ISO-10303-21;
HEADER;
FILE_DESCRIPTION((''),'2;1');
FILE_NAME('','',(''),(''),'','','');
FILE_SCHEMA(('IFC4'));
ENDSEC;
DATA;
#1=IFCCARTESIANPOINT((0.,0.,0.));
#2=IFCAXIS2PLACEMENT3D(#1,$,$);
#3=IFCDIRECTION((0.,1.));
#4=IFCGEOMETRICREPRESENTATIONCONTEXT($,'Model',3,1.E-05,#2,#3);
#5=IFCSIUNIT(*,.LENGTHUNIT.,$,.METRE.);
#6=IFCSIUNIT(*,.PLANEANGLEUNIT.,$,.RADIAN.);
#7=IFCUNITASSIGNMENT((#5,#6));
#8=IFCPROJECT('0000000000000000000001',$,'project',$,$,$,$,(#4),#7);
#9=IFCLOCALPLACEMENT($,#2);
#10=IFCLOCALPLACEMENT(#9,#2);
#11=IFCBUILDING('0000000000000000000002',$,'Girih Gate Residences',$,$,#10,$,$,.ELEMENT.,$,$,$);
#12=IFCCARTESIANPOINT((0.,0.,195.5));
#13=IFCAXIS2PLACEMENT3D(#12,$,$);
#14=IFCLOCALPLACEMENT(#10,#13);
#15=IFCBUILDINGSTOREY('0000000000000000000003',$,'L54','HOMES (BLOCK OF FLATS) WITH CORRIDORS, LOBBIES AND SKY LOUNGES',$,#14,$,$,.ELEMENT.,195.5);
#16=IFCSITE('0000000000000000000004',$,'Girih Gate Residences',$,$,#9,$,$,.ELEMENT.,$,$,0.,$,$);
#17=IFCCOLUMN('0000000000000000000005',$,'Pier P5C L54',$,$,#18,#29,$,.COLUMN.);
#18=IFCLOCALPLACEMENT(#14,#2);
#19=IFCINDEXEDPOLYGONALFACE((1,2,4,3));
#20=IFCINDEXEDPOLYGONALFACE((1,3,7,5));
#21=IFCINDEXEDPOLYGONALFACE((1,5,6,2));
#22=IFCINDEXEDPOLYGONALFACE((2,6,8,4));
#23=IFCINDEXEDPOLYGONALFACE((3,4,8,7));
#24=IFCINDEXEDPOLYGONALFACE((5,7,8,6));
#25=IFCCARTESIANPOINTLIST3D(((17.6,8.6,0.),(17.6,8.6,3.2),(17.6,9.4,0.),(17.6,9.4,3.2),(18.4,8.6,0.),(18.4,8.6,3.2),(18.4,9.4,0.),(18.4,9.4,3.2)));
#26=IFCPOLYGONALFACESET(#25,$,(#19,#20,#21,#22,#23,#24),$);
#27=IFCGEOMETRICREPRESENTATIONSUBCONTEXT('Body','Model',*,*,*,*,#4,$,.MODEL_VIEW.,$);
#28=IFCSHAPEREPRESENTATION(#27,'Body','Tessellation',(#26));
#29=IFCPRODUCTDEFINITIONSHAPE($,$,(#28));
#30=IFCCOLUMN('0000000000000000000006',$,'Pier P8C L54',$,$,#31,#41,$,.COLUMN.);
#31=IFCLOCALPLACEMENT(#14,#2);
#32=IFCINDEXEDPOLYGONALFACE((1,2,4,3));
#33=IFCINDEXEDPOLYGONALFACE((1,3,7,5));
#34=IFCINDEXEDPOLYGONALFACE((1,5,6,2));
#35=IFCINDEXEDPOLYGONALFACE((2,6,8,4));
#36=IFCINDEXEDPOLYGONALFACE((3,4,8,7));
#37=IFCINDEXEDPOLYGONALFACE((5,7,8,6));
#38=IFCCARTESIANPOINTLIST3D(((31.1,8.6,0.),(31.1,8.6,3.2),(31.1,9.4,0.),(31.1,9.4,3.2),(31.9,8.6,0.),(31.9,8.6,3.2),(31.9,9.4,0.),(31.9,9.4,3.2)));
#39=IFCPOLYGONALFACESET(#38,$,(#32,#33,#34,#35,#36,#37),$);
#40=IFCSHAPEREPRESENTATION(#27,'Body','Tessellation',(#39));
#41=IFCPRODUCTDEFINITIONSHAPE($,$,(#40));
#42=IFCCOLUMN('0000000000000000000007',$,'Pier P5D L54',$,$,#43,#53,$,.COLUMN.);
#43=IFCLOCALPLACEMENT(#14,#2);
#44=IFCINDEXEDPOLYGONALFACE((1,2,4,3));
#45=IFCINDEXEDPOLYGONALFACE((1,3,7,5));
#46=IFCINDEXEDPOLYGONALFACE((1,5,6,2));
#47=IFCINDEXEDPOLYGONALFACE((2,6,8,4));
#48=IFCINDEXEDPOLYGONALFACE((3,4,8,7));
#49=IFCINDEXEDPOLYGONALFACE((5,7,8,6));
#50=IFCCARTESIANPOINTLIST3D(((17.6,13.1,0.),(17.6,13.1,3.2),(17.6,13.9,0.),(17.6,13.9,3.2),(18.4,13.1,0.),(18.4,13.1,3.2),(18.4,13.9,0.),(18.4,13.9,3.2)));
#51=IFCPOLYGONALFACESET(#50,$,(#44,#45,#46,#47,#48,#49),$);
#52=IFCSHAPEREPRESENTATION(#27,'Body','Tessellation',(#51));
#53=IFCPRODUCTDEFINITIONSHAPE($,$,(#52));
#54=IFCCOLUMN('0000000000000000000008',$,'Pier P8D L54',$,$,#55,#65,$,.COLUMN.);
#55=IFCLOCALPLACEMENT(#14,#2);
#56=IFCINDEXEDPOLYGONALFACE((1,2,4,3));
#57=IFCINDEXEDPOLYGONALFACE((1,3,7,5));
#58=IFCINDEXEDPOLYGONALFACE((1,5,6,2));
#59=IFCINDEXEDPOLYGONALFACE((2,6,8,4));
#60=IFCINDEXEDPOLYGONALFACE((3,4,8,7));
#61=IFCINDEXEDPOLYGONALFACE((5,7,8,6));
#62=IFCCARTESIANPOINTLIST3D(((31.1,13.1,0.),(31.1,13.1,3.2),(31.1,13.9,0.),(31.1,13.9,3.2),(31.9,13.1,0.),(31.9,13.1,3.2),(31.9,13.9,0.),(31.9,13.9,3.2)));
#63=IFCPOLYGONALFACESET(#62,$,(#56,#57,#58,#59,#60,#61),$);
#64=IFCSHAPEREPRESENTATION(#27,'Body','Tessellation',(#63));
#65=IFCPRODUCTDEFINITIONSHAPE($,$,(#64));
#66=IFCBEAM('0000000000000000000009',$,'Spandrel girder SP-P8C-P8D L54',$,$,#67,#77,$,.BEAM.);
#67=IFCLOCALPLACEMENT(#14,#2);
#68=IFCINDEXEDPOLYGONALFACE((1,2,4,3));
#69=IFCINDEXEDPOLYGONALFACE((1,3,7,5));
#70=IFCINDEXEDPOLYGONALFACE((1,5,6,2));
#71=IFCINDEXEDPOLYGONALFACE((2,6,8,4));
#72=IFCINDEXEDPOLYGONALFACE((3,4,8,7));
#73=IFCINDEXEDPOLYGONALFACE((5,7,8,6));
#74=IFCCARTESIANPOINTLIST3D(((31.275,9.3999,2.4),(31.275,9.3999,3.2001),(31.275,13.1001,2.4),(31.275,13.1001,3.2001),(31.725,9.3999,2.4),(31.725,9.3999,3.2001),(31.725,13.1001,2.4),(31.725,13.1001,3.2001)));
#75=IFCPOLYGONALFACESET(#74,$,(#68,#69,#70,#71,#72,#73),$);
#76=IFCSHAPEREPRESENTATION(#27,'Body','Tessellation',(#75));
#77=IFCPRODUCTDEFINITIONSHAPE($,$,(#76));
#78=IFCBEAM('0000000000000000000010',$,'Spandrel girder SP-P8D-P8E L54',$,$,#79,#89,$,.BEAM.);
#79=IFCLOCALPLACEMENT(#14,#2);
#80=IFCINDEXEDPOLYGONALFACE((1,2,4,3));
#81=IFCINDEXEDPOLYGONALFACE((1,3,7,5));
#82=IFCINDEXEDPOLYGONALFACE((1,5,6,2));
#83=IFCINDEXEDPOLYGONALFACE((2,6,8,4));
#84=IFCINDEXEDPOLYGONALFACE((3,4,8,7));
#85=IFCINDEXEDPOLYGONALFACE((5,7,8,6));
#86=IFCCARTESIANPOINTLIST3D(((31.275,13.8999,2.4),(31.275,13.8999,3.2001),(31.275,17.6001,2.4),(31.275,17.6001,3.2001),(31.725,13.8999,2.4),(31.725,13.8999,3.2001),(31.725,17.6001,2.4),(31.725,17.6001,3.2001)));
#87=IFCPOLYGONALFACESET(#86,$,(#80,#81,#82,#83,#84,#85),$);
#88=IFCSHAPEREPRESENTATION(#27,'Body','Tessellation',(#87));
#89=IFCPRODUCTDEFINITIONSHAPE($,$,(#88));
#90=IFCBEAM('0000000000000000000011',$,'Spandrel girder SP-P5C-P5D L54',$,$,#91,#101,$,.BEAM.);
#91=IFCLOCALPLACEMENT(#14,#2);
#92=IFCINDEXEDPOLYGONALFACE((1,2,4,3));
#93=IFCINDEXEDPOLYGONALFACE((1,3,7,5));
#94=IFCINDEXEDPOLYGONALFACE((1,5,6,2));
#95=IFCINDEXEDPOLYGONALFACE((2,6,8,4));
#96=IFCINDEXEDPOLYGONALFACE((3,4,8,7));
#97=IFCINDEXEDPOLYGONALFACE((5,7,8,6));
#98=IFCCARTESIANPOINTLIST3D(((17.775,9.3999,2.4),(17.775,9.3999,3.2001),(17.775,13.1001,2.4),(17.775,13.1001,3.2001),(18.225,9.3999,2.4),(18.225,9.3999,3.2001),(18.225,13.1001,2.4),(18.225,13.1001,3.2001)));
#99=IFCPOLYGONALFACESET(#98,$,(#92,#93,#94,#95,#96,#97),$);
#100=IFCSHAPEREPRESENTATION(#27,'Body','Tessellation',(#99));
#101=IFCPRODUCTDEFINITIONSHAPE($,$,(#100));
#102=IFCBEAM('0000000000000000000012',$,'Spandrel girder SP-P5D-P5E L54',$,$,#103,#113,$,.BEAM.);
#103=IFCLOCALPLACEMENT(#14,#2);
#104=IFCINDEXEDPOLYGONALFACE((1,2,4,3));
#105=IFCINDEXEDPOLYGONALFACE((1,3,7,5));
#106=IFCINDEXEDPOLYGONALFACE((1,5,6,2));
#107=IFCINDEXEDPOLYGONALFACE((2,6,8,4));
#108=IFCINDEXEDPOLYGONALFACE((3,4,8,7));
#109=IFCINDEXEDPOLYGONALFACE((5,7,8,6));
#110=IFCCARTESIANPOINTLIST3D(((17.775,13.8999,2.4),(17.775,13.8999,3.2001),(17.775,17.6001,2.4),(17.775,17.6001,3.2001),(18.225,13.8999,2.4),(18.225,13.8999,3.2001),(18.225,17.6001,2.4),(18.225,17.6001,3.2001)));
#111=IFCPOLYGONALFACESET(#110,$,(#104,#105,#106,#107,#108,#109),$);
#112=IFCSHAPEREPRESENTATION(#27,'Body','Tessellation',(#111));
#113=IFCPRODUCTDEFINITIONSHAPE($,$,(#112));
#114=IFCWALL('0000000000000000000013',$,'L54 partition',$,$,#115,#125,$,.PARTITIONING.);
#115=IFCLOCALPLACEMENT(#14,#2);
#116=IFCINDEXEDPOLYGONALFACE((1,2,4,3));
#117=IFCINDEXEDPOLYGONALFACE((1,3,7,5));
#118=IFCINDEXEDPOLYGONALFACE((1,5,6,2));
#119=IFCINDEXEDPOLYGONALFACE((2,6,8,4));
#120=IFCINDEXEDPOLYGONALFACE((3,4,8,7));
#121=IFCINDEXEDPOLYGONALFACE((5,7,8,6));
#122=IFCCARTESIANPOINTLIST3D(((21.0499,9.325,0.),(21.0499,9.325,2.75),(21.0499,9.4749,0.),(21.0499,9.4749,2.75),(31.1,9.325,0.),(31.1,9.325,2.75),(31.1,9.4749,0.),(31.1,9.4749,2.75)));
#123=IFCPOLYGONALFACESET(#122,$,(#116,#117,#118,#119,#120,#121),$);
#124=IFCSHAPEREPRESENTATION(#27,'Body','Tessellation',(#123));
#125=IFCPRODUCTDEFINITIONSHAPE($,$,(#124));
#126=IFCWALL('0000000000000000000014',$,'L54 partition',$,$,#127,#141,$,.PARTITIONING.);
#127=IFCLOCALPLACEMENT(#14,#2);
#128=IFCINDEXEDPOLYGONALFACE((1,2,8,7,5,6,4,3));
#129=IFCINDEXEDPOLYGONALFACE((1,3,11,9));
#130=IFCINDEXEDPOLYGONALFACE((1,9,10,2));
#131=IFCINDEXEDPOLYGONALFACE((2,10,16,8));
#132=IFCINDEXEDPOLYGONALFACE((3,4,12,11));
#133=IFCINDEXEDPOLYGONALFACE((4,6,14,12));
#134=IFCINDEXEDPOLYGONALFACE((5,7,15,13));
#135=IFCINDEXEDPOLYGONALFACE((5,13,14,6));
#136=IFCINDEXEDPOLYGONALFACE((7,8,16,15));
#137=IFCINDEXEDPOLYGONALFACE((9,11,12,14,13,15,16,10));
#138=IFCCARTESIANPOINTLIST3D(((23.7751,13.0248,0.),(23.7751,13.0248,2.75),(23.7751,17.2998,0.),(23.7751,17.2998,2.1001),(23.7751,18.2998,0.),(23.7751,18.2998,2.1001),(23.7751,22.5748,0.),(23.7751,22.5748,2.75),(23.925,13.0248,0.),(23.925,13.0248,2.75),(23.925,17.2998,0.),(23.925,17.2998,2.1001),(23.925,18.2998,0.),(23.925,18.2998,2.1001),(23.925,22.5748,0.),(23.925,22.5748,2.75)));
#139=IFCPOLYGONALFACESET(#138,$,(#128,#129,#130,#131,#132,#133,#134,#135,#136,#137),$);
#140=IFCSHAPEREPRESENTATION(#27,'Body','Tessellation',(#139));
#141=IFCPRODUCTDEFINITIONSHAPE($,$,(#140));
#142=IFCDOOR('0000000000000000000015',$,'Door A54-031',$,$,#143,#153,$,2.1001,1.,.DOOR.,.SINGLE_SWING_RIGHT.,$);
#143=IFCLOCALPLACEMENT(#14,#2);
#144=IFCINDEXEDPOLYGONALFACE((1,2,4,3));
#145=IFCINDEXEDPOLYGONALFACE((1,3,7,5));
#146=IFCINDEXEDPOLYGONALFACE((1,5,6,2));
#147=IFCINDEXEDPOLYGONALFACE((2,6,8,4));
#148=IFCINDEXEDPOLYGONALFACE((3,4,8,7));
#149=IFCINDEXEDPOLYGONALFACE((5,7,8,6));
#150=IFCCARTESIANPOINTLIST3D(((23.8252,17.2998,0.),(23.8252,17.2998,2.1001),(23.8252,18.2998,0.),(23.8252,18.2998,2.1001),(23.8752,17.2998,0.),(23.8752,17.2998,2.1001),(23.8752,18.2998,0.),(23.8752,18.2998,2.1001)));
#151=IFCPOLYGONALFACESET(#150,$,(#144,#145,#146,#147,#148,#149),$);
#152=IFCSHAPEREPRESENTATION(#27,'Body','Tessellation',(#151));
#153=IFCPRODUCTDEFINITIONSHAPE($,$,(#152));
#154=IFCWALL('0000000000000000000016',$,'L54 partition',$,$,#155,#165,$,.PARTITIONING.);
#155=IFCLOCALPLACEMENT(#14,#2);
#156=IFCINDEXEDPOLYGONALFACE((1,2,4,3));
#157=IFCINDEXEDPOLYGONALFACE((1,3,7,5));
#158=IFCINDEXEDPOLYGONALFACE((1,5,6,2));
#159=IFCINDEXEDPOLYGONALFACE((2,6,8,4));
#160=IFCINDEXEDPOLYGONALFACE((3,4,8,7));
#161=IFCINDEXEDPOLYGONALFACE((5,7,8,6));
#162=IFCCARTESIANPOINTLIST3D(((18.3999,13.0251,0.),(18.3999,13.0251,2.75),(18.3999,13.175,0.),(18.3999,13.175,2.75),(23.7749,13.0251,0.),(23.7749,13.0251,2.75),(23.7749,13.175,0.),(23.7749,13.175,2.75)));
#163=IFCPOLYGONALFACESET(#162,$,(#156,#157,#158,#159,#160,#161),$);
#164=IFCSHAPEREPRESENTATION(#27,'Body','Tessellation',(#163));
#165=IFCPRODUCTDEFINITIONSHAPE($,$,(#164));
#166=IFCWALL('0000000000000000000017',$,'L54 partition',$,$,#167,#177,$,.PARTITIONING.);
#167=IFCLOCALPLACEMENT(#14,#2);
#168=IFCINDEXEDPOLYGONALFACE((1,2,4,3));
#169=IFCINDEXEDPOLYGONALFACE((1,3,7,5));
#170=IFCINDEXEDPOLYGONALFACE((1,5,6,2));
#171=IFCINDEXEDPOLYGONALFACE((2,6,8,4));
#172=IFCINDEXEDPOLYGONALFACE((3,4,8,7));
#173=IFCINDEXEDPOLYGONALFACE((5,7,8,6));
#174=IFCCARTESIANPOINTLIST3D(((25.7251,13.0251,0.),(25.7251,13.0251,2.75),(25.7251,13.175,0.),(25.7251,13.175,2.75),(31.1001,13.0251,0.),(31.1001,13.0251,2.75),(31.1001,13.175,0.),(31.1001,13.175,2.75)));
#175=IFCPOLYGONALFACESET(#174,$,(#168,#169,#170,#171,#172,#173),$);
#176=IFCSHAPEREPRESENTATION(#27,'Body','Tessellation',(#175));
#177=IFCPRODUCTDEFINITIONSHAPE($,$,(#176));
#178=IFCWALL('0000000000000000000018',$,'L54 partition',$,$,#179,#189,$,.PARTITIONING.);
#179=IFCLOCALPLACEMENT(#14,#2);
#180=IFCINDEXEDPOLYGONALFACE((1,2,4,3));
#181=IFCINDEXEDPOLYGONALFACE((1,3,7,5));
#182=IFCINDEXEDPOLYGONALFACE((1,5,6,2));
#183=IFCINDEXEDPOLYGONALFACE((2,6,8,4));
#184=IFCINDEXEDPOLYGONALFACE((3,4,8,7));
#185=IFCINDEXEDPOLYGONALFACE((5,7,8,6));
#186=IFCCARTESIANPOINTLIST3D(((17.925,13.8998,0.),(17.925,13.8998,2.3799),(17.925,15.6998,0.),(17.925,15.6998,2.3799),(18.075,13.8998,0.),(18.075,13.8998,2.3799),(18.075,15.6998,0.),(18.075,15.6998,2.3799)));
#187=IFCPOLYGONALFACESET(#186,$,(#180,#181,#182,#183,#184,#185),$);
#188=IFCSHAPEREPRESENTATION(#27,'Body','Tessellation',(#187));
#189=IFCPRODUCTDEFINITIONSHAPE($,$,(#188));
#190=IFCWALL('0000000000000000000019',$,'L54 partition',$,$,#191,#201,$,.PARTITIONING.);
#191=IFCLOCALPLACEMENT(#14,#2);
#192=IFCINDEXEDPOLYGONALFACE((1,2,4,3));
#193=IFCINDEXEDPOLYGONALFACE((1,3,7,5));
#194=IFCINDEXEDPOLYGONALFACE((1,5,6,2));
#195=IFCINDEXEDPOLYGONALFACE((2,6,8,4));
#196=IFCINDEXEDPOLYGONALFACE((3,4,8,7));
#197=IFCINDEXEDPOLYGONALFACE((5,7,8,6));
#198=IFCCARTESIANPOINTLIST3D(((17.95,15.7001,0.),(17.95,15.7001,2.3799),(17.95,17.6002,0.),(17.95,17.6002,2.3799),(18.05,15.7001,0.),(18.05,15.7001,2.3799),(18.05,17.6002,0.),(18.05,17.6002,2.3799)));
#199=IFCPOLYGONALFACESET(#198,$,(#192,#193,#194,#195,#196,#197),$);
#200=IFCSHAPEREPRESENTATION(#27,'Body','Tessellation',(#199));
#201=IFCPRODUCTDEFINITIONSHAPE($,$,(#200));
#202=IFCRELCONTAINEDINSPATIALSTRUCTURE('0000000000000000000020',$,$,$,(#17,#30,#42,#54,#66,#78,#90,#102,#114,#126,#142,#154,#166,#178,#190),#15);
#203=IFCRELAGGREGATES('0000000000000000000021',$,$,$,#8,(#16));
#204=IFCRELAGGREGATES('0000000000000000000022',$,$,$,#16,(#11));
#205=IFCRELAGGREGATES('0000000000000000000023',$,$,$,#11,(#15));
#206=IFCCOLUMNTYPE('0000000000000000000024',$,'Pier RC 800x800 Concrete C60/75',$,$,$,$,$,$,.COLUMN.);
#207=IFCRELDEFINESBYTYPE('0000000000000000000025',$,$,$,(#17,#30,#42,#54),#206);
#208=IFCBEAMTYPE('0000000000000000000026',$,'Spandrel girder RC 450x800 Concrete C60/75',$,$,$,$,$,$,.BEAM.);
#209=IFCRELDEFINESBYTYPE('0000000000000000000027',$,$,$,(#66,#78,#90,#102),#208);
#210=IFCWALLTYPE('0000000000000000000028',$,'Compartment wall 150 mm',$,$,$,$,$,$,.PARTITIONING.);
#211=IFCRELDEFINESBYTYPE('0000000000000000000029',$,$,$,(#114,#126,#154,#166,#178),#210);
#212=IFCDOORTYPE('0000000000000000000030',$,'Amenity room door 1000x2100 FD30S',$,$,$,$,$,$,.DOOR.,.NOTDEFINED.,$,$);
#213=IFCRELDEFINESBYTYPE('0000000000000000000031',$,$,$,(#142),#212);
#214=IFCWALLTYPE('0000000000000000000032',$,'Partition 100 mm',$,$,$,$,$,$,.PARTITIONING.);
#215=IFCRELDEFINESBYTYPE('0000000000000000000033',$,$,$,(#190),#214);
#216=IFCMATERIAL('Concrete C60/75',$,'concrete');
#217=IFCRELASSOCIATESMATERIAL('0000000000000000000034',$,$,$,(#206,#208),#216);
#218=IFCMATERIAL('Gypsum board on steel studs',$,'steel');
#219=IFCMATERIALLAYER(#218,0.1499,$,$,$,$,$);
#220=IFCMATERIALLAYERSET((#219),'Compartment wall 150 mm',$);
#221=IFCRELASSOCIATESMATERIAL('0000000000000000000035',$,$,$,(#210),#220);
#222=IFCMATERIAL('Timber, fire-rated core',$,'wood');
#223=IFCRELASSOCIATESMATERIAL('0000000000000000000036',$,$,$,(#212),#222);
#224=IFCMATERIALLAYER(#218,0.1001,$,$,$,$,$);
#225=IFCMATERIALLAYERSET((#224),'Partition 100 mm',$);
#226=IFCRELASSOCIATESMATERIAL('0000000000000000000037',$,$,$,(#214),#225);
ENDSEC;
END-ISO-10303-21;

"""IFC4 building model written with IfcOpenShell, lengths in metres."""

from ifc_helpers import new_model, si_unit, direction, frame, frame_2d, origin, origin_2d, place, context, subcontext, project, spatial, rectangle, extrude, material, layer, layer_set, material_profile, profile_set, type_object, element, fill, save


model = new_model("IFC4")

# Units and contexts
model_context = context("Model", 3, precision=1e-05, world=origin(), true_north=direction((0.0, 1.0)))
body_context = subcontext(model_context, "Body", "Model", "MODEL_VIEW")
ifc_project = project(units=[si_unit("LENGTHUNIT", "METRE"), si_unit("PLANEANGLEUNIT", "RADIAN")], contexts=[model_context])

# Site, building, storey
site_placement = place(None, origin())
site = spatial("IfcSite", under=ifc_project, at=site_placement, Name="Girih Gate Residences", CompositionType="ELEMENT", RefElevation=0.0)
building_placement = place(site_placement, origin())
building = spatial("IfcBuilding", under=site, at=building_placement, Name="Girih Gate Residences", CompositionType="ELEMENT")
storey_placement = place(building_placement, frame((0.0, 0.0, 195.5)))
storey = spatial("IfcBuildingStorey", under=building, at=storey_placement, Name="L54", Description="HOMES (BLOCK OF FLATS) WITH CORRIDORS, LOBBIES AND SKY LOUNGES", CompositionType="ELEMENT", Elevation=195.5)

# Columns
ifc_material_1 = material(Name="Concrete C60/75", Category="concrete")
ifc_material_profile_1 = material_profile(ifc_material_1, rectangle(XDim=0.8, YDim=0.8, at=origin_2d()))
ifc_profile_set_1 = profile_set([ifc_material_profile_1], Name="Concrete C60/75")
column_type = type_object("IfcColumnType", Name="Pier RC 800x800 Concrete C60/75", PredefinedType="COLUMN", material=ifc_profile_set_1)
for number, where, z_axis, x_axis, name in (
    (1, (18.0, 9.0, 0.0), (0.0, 0.0, 1.0), (1.0, 0.0, 0.0), "Pier P5C L54"),
    (2, (31.5, 9.0, 0.0), (0.0, 0.0, 1.0), (1.0, 0.0, 0.0), "Pier P8C L54"),
    (3, (18.0, 13.5, 0.0), (0.0, 0.0, 1.0), (1.0, 0.0, 0.0), "Pier P5D L54"),
    (4, (31.5, 13.5, 0.0), (0.0, 0.0, 1.0), (1.0, 0.0, 0.0), "Pier P8D L54"),
):
    element("IfcColumn", number, at=place(storey_placement, frame(where, z_axis=z_axis, x_axis=x_axis)), inside=storey, type_object=column_type, Name=name, PredefinedType="COLUMN", context=body_context, shape_type="SweptSolid", body=[
        extrude(rectangle(XDim=0.8, YDim=0.8, at=origin_2d()), origin(), (0.0, 0.0, 1.0), 3.2),
    ])

# Beams
ifc_material_profile_2 = material_profile(ifc_material_1, rectangle(XDim=0.45, YDim=0.8, at=origin_2d()))
ifc_profile_set_2 = profile_set([ifc_material_profile_2], Name="Concrete C60/75")
beam_type = type_object("IfcBeamType", Name="Spandrel girder RC 450x800 Concrete C60/75", PredefinedType="BEAM", material=ifc_profile_set_2)
for number, where, z_axis, x_axis, name in (
    (5, (31.5, 9.3999, 2.8), (0.0, 1.0, 0.0), (-1.0, 0.0, 0.0), "Spandrel girder SP-P8C-P8D L54"),
    (6, (31.5, 13.8999, 2.8), (0.0, 1.0, 0.0), (-1.0, 0.0, 0.0), "Spandrel girder SP-P8D-P8E L54"),
    (7, (18.0, 9.3999, 2.8), (0.0, 1.0, 0.0), (-1.0, 0.0, 0.0), "Spandrel girder SP-P5C-P5D L54"),
    (8, (18.0, 13.8999, 2.8), (0.0, 1.0, 0.0), (-1.0, 0.0, 0.0), "Spandrel girder SP-P5D-P5E L54"),
):
    element("IfcBeam", number, at=place(storey_placement, frame(where, z_axis=z_axis, x_axis=x_axis)), inside=storey, type_object=beam_type, Name=name, PredefinedType="BEAM", context=body_context, shape_type="SweptSolid", body=[
        extrude(rectangle(XDim=0.45, YDim=0.8, at=origin_2d()), origin(), (0.0, 0.0, 1.0), 3.7002),
    ])

# Shared definitions
ifc_material_2 = material(Name="Gypsum board on steel studs", Category="steel")
ifc_layer_1 = layer(ifc_material_2, 0.1499)
ifc_layer_set_1 = layer_set([ifc_layer_1], Name="Compartment wall 150 mm")
wall_type_1 = type_object("IfcWallType", Name="Compartment wall 150 mm", PredefinedType="PARTITIONING", material=ifc_layer_set_1)
ifc_material_3 = material(Name="Timber, fire-rated core", Category="wood")

# Wall
wall_1_placement = place(storey_placement, frame((21.05, 9.3999, 0.0), z_axis=(0.0, 0.0, 1.0), x_axis=(1.0, 0.0, 0.0)))
element("IfcWall", 9, at=wall_1_placement, inside=storey, type_object=wall_type_1, Name="L54 partition", PredefinedType="PARTITIONING", context=body_context, shape_type="SweptSolid", body=[
    extrude(rectangle(XDim=10.05, YDim=0.1499, at=frame_2d((5.0249, 0.0))), origin(), (0.0, 0.0, 1.0), 2.75),
])

# Wall, opening, door
wall_2_placement = place(storey_placement, frame((23.8501, 13.0249, 0.0), z_axis=(0.0, 0.0, 1.0), x_axis=(0.0, 1.0, 0.0)))
wall_2 = element("IfcWall", 10, at=wall_2_placement, inside=storey, type_object=wall_type_1, Name="L54 partition", PredefinedType="PARTITIONING", context=body_context, shape_type="SweptSolid", body=[
    extrude(rectangle(XDim=9.55, YDim=0.1499, at=frame_2d((4.7749, 0.0))), origin(), (0.0, 0.0, 1.0), 2.75),
])
opening_1_placement = place(wall_2_placement, frame((4.2749, 0.0, 0.0)))
opening_1 = element("IfcOpeningElement", 11, at=opening_1_placement, cuts=wall_2, PredefinedType="OPENING", context=body_context, shape_type="SweptSolid", body=[
    extrude(rectangle(XDim=1.0, YDim=2.1001, at=frame_2d((0.5, 1.05))), frame((0.0, 0.085, 0.0), z_axis=(0.0, -1.0, 0.0), x_axis=(1.0, 0.0, 0.0)), (0.0, 0.0, 1.0), 0.1699),
])
door_type_1 = type_object("IfcDoorType", Name="Amenity room door 1000x2100 FD30S", OperationType="NOTDEFINED", PredefinedType="DOOR", material=ifc_material_3)
door_1_placement = place(opening_1_placement, origin())
door_1 = element("IfcDoor", 12, at=door_1_placement, inside=storey, type_object=door_type_1, Name="Door A54-031", OperationType="SINGLE_SWING_RIGHT", OverallHeight=2.1001, OverallWidth=1.0, PredefinedType="DOOR", context=body_context, shape_type="SweptSolid", body=[
    extrude(rectangle(XDim=1.0, YDim=2.1001, at=frame_2d((0.5, 1.05))), frame((0.0, 0.0249, 0.0), z_axis=(0.0, -1.0, 0.0), x_axis=(1.0, 0.0, 0.0)), (0.0, 0.0, 1.0), 0.05),
])
fill(opening_1, door_1)

# Walls
for number, where, z_axis, x_axis, name in (
    (13, (18.3999, 13.1001, 0.0), (0.0, 0.0, 1.0), (1.0, 0.0, 0.0), "L54 partition"),
    (14, (25.7251, 13.1001, 0.0), (0.0, 0.0, 1.0), (1.0, 0.0, 0.0), "L54 partition"),
):
    element("IfcWall", number, at=place(storey_placement, frame(where, z_axis=z_axis, x_axis=x_axis)), inside=storey, type_object=wall_type_1, Name=name, PredefinedType="PARTITIONING", context=body_context, shape_type="SweptSolid", body=[
        extrude(rectangle(XDim=5.375, YDim=0.1499, at=frame_2d((2.6875, 0.0))), origin(), (0.0, 0.0, 1.0), 2.75),
    ])
wall_3_placement = place(storey_placement, frame((18.0, 13.8999, 0.0), z_axis=(0.0, 0.0, 1.0), x_axis=(0.0, 1.0, 0.0)))
element("IfcWall", 15, at=wall_3_placement, inside=storey, type_object=wall_type_1, Name="L54 partition", PredefinedType="PARTITIONING", context=body_context, shape_type="SweptSolid", body=[
    extrude(rectangle(XDim=1.8, YDim=0.1499, at=frame_2d((0.8999, 0.0))), origin(), (0.0, 0.0, 1.0), 2.3799),
])
ifc_layer_2 = layer(ifc_material_2, 0.1001)
ifc_layer_set_2 = layer_set([ifc_layer_2], Name="Partition 100 mm")
wall_type_2 = type_object("IfcWallType", Name="Partition 100 mm", PredefinedType="PARTITIONING", material=ifc_layer_set_2)
wall_4_placement = place(storey_placement, frame((18.0, 15.7, 0.0), z_axis=(0.0, 0.0, 1.0), x_axis=(0.0, 1.0, 0.0)))
element("IfcWall", 16, at=wall_4_placement, inside=storey, type_object=wall_type_2, Name="L54 partition", PredefinedType="PARTITIONING", context=body_context, shape_type="SweptSolid", body=[
    extrude(rectangle(XDim=1.9001, YDim=0.1001, at=frame_2d((0.9502, 0.0))), origin(), (0.0, 0.0, 1.0), 2.3799),
])

save(model, "model.ifc")
